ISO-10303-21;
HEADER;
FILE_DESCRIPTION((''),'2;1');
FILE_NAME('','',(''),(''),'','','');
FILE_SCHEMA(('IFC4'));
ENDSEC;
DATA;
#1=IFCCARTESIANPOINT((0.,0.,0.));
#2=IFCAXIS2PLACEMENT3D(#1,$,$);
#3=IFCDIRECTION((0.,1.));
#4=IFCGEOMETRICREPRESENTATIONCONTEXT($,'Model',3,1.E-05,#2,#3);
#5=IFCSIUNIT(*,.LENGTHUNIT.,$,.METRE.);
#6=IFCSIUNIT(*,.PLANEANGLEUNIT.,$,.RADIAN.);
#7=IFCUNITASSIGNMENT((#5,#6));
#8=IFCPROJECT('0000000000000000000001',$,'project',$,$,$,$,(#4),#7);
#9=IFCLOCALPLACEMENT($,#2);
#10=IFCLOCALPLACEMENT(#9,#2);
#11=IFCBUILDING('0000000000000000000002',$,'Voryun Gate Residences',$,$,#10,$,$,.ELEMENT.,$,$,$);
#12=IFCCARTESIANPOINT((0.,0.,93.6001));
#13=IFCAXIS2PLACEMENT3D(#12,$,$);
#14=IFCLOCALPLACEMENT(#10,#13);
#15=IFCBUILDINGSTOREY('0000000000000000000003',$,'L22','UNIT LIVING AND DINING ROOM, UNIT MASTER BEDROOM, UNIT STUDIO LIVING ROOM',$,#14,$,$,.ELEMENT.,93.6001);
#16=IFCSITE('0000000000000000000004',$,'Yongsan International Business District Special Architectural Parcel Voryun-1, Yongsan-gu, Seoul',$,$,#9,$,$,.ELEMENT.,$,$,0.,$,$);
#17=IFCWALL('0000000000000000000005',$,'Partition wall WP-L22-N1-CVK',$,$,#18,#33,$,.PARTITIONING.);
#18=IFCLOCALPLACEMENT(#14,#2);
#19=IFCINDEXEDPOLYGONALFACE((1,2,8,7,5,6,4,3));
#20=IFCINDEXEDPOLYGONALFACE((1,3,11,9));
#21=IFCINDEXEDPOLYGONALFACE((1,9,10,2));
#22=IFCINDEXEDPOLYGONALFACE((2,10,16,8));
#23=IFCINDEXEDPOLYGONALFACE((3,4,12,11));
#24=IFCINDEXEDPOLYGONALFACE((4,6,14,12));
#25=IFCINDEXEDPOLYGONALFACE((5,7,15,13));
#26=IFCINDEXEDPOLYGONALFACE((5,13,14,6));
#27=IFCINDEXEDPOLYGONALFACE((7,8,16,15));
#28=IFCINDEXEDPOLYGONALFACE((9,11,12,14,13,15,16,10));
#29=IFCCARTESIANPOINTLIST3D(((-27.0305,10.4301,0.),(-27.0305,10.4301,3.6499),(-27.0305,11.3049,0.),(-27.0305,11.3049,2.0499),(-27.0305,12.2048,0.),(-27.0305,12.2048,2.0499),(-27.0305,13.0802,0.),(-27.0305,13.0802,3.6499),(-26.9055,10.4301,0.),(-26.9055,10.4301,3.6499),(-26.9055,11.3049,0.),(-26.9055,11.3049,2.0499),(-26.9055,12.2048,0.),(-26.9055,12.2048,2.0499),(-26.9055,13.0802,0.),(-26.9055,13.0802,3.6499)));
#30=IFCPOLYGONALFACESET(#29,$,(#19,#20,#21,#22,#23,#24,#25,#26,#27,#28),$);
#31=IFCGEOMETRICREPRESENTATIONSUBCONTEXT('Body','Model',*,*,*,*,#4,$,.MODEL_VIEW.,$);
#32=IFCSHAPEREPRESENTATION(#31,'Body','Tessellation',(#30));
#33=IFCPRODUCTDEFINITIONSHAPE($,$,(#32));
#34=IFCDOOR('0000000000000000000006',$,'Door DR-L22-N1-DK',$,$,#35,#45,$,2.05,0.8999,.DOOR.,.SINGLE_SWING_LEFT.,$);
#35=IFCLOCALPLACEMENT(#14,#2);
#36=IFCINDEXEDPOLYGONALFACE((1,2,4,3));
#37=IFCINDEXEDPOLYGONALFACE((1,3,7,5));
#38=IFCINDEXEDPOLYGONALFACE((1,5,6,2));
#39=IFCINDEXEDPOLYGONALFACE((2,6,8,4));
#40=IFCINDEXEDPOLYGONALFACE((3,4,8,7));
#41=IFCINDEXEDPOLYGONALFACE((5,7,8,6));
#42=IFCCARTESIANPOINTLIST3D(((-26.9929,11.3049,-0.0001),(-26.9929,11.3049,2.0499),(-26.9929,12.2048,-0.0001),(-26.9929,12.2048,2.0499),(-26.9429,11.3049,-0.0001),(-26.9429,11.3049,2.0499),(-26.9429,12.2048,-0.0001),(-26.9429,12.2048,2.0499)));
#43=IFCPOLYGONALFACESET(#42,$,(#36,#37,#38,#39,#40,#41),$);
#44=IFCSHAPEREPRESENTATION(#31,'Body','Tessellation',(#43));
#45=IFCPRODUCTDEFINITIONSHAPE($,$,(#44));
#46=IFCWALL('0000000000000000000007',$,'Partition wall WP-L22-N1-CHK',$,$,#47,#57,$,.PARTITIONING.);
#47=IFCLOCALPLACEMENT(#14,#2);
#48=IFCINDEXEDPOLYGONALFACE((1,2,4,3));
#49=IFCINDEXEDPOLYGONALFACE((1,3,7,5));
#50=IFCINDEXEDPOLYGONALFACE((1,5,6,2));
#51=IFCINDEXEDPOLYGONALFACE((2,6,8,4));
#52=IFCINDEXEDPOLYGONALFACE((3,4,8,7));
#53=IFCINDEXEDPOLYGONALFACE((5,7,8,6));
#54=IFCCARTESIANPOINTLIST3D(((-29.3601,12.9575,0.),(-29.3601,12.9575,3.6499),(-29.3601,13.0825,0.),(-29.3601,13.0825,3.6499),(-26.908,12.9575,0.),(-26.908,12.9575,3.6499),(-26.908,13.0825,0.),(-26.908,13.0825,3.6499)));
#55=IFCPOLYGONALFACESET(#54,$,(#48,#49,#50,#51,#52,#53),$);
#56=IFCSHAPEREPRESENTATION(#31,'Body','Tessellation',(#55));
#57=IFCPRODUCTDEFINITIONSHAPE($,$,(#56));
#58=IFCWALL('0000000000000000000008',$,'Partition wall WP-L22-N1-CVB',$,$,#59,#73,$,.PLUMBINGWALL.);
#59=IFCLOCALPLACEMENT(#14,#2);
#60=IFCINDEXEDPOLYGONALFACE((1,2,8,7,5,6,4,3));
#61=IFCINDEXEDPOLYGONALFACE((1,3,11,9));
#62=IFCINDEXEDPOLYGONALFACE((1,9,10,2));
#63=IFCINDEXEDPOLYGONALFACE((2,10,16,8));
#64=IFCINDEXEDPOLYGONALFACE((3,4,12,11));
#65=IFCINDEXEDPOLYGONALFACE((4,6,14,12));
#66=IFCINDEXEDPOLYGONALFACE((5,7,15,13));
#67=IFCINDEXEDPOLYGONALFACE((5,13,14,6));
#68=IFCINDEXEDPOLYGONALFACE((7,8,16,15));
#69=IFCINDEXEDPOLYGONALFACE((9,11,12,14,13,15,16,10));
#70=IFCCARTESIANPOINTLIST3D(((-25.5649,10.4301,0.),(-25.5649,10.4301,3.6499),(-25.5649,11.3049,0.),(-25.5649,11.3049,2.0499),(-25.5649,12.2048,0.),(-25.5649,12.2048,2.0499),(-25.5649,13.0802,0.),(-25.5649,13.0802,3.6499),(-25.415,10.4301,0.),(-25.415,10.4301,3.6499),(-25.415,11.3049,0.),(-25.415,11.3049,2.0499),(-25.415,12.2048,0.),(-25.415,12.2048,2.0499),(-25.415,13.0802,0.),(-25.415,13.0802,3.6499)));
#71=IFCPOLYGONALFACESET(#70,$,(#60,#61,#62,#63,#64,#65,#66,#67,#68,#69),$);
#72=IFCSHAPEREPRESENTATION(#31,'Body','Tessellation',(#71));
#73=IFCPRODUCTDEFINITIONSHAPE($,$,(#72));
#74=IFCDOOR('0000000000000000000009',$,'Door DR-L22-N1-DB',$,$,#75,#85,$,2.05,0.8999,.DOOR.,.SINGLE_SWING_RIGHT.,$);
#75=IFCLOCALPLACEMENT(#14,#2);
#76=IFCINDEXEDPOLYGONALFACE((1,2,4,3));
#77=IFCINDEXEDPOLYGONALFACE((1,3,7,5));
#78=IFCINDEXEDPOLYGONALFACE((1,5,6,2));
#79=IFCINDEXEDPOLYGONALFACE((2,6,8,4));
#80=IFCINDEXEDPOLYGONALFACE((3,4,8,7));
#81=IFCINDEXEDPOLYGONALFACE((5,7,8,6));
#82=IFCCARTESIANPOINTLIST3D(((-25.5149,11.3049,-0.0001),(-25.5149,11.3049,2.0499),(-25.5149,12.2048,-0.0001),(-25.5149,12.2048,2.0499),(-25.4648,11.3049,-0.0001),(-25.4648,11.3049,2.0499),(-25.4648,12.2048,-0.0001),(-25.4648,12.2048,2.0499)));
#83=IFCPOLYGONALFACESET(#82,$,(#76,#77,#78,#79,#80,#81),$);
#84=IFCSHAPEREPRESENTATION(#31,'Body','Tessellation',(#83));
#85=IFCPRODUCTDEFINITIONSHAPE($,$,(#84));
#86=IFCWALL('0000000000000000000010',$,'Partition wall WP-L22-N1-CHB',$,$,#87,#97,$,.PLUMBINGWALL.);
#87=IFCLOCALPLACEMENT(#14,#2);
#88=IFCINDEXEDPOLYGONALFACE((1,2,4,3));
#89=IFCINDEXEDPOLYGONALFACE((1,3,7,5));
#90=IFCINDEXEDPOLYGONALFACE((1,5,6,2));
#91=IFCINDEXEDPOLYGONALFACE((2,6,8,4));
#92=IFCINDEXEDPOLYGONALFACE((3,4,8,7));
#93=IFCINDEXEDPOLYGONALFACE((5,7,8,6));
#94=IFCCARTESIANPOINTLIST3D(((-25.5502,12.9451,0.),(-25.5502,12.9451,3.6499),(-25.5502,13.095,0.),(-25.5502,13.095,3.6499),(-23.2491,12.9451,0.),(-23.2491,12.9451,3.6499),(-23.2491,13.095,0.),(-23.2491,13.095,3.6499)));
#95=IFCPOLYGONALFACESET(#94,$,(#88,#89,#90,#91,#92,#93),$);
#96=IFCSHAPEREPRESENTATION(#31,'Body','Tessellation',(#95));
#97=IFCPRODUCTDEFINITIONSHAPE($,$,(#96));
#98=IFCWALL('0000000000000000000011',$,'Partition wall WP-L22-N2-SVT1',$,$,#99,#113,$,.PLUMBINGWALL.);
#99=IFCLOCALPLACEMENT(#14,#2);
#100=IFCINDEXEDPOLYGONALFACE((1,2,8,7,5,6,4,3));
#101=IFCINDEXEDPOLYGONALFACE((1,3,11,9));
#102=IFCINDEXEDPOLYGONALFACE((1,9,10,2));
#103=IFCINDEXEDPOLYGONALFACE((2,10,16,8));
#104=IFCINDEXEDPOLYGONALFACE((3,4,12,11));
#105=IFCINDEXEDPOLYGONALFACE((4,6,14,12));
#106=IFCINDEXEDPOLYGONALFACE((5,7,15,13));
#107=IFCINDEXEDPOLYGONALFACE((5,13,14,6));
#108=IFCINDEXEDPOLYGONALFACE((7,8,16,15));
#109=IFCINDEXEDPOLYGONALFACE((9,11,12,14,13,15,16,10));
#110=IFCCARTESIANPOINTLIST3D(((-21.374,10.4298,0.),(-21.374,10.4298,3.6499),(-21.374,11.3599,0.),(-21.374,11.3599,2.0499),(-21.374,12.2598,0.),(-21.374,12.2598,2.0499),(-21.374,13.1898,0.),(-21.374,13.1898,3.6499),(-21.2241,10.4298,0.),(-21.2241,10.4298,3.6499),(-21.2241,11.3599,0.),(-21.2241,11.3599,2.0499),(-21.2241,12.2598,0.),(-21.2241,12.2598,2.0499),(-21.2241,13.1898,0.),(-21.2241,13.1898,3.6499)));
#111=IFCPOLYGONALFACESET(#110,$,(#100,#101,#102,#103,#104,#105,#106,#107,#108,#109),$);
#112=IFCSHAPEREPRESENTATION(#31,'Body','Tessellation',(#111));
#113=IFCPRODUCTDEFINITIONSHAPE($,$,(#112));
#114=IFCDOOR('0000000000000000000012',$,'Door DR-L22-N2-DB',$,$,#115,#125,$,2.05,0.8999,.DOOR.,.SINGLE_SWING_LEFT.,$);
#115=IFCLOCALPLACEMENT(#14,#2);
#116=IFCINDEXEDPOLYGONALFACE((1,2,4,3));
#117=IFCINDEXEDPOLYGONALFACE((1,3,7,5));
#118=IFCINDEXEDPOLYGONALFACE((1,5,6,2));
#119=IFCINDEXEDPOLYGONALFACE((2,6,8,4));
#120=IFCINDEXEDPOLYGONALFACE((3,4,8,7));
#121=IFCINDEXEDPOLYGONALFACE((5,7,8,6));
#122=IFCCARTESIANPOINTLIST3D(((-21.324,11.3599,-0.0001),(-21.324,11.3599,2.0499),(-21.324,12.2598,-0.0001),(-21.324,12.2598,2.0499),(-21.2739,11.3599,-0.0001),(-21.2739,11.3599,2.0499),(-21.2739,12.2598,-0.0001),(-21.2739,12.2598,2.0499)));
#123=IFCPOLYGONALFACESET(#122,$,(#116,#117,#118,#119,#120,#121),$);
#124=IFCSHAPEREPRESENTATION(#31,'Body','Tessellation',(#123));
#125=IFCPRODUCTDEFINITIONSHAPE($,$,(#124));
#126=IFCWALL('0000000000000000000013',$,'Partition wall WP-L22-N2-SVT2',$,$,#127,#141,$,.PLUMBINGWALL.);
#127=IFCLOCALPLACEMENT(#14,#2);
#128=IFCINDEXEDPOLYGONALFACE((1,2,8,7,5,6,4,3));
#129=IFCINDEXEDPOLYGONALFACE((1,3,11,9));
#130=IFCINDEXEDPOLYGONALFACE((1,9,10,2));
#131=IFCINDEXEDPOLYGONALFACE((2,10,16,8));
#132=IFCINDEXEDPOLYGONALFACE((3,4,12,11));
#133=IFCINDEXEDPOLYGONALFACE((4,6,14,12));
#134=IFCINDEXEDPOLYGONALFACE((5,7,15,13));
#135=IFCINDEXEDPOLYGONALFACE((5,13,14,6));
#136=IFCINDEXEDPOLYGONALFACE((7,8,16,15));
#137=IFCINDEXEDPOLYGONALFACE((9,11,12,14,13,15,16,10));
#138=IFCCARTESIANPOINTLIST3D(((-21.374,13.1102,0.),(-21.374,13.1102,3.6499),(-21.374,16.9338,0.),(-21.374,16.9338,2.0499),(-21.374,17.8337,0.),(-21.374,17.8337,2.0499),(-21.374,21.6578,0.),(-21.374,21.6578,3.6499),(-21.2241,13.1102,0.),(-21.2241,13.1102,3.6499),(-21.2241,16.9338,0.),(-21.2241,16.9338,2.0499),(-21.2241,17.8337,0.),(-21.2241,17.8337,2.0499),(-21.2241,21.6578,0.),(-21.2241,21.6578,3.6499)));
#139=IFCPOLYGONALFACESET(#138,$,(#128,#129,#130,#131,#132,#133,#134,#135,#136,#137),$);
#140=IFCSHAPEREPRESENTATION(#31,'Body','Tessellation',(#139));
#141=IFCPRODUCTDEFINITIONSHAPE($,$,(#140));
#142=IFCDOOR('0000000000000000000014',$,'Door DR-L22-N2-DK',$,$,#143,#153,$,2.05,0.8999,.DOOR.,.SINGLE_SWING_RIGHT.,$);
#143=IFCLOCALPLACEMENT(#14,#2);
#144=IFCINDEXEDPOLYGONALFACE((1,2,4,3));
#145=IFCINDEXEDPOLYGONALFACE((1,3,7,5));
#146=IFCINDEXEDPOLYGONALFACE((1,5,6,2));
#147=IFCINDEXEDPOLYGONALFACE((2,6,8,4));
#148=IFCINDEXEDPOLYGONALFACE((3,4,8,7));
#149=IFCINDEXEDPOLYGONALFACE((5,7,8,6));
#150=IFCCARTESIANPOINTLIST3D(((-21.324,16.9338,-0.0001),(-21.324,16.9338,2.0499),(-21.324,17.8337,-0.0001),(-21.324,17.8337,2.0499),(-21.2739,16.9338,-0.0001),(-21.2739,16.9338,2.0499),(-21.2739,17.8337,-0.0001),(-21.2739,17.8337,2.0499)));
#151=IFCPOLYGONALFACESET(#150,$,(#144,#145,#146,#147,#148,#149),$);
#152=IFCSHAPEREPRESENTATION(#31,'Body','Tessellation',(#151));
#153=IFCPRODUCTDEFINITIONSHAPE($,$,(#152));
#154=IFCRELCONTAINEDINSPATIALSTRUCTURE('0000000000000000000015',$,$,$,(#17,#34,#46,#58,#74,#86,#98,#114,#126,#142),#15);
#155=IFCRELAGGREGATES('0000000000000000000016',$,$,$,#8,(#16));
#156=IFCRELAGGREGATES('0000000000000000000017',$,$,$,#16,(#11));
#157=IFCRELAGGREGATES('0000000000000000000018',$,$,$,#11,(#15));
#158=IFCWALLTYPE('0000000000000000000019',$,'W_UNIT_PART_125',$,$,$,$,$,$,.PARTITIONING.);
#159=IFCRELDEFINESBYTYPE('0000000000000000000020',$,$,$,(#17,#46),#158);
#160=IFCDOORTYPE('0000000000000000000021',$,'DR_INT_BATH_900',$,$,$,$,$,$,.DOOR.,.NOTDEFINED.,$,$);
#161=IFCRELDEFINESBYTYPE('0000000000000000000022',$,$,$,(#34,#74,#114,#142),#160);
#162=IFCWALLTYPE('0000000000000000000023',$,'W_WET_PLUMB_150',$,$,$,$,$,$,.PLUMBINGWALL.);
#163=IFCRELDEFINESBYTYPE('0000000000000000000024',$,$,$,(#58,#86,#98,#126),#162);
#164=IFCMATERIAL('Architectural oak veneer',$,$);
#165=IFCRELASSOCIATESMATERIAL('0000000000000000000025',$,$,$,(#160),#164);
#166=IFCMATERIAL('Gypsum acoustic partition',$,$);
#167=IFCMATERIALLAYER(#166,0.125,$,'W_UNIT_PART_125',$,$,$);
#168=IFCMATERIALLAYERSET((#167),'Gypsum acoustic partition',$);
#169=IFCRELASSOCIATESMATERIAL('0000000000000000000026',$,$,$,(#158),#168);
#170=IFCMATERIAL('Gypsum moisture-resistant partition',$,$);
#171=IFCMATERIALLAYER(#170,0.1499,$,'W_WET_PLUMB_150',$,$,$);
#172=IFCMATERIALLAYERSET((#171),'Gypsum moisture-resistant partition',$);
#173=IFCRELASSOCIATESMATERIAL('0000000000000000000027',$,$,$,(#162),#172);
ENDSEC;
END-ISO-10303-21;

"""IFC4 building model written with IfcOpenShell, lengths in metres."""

from ifc_helpers import new_model, si_unit, direction, frame, frame_2d, origin, place, context, subcontext, project, spatial, rectangle, extrude, material, layer, layer_set, type_object, element, fill, save


model = new_model("IFC4")

# Units and contexts
model_context = context("Model", 3, precision=1e-05, world=origin(), true_north=direction((0.0, 1.0)))
body_context = subcontext(model_context, "Body", "Model", "MODEL_VIEW")
ifc_project = project(units=[si_unit("LENGTHUNIT", "METRE"), si_unit("PLANEANGLEUNIT", "RADIAN")], contexts=[model_context])

# Site, building, storey
site_placement = place(None, origin())
site = spatial("IfcSite", under=ifc_project, at=site_placement, Name="Yongsan International Business District Special Architectural Parcel Voryun-1, Yongsan-gu, Seoul", CompositionType="ELEMENT", RefElevation=0.0)
building_placement = place(site_placement, origin())
building = spatial("IfcBuilding", under=site, at=building_placement, Name="Voryun Gate Residences", CompositionType="ELEMENT")
storey_placement = place(building_placement, frame((0.0, 0.0, 93.6001)))
storey = spatial("IfcBuildingStorey", under=building, at=storey_placement, Name="L22", Description="UNIT LIVING AND DINING ROOM, UNIT MASTER BEDROOM, UNIT STUDIO LIVING ROOM", CompositionType="ELEMENT", Elevation=93.6001)

# Shared definitions
ifc_material_1 = material(Name="Architectural oak veneer")
door_type_1 = type_object("IfcDoorType", Name="DR_INT_BATH_900", OperationType="NOTDEFINED", PredefinedType="DOOR", material=ifc_material_1)

# Wall, opening, door
ifc_material_2 = material(Name="Gypsum acoustic partition")
ifc_layer_1 = layer(ifc_material_2, 0.125, Name="W_UNIT_PART_125")
ifc_layer_set_1 = layer_set([ifc_layer_1], Name="Gypsum acoustic partition")
wall_type_1 = type_object("IfcWallType", Name="W_UNIT_PART_125", PredefinedType="PARTITIONING", material=ifc_layer_set_1)
wall_1_placement = place(storey_placement, frame((-26.968, 10.4299, 0.0), z_axis=(0.0, 0.0, 1.0), x_axis=(0.0, 1.0, 0.0)))
wall_1 = element("IfcWall", 1, at=wall_1_placement, inside=storey, type_object=wall_type_1, Name="Partition wall WP-L22-N1-CVK", PredefinedType="PARTITIONING", context=body_context, shape_type="SweptSolid", body=[
    extrude(rectangle(XDim=2.6501, YDim=0.125, at=frame_2d((1.3252, 0.0))), origin(), (0.0, 0.0, 1.0), 3.6499),
])
opening_1_placement = place(wall_1_placement, frame((0.875, 0.0, 0.0)))
opening_1 = element("IfcOpeningElement", 2, at=opening_1_placement, cuts=wall_1, PredefinedType="OPENING", context=body_context, shape_type="SweptSolid", body=[
    extrude(rectangle(XDim=0.8999, YDim=2.05, at=frame_2d((0.45, 1.0249))), frame((0.0, 0.0725, 0.0), z_axis=(0.0, -1.0, 0.0), x_axis=(1.0, 0.0, 0.0)), (0.0, 0.0, 1.0), 0.145),
])
door_1_placement = place(opening_1_placement, origin())
door_1 = element("IfcDoor", 3, at=door_1_placement, inside=storey, type_object=door_type_1, Name="Door DR-L22-N1-DK", OperationType="SINGLE_SWING_LEFT", OverallHeight=2.05, OverallWidth=0.8999, PredefinedType="DOOR", context=body_context, shape_type="SweptSolid", body=[
    extrude(rectangle(XDim=0.8999, YDim=2.05, at=frame_2d((0.45, 1.0249))), frame((0.0, 0.0249, 0.0), z_axis=(0.0, -1.0, 0.0), x_axis=(1.0, 0.0, 0.0)), (0.0, 0.0, 1.0), 0.05),
])
fill(opening_1, door_1)

# Wall
wall_2_placement = place(storey_placement, frame((-29.3601, 13.02, 0.0), z_axis=(0.0, 0.0, 1.0), x_axis=(1.0, 0.0, 0.0)))
element("IfcWall", 4, at=wall_2_placement, inside=storey, type_object=wall_type_1, Name="Partition wall WP-L22-N1-CHK", PredefinedType="PARTITIONING", context=body_context, shape_type="SweptSolid", body=[
    extrude(rectangle(XDim=2.4521, YDim=0.125, at=frame_2d((1.2261, 0.0))), origin(), (0.0, 0.0, 1.0), 3.6499),
])

# Wall, opening, door
ifc_material_3 = material(Name="Gypsum moisture-resistant partition")
ifc_layer_2 = layer(ifc_material_3, 0.1499, Name="W_WET_PLUMB_150")
ifc_layer_set_2 = layer_set([ifc_layer_2], Name="Gypsum moisture-resistant partition")
wall_type_2 = type_object("IfcWallType", Name="W_WET_PLUMB_150", PredefinedType="PLUMBINGWALL", material=ifc_layer_set_2)
wall_3_placement = place(storey_placement, frame((-25.49, 10.4299, 0.0), z_axis=(0.0, 0.0, 1.0), x_axis=(0.0, 1.0, 0.0)))
wall_3 = element("IfcWall", 5, at=wall_3_placement, inside=storey, type_object=wall_type_2, Name="Partition wall WP-L22-N1-CVB", PredefinedType="PLUMBINGWALL", context=body_context, shape_type="SweptSolid", body=[
    extrude(rectangle(XDim=2.6501, YDim=0.1499, at=frame_2d((1.3252, 0.0))), origin(), (0.0, 0.0, 1.0), 3.6499),
])
opening_2_placement = place(wall_3_placement, frame((0.875, 0.0, 0.0)))
opening_2 = element("IfcOpeningElement", 6, at=opening_2_placement, cuts=wall_3, PredefinedType="OPENING", context=body_context, shape_type="SweptSolid", body=[
    extrude(rectangle(XDim=0.8999, YDim=2.05, at=frame_2d((0.45, 1.0249))), frame((0.0, 0.085, 0.0), z_axis=(0.0, -1.0, 0.0), x_axis=(1.0, 0.0, 0.0)), (0.0, 0.0, 1.0), 0.1699),
])
door_2_placement = place(opening_2_placement, origin())
door_2 = element("IfcDoor", 7, at=door_2_placement, inside=storey, type_object=door_type_1, Name="Door DR-L22-N1-DB", OperationType="SINGLE_SWING_RIGHT", OverallHeight=2.05, OverallWidth=0.8999, PredefinedType="DOOR", context=body_context, shape_type="SweptSolid", body=[
    extrude(rectangle(XDim=0.8999, YDim=2.05, at=frame_2d((0.45, 1.0249))), frame((0.0, 0.0249, 0.0), z_axis=(0.0, -1.0, 0.0), x_axis=(1.0, 0.0, 0.0)), (0.0, 0.0, 1.0), 0.05),
])
fill(opening_2, door_2)

# Wall
wall_4_placement = place(storey_placement, frame((-25.55, 13.02, 0.0), z_axis=(0.0, 0.0, 1.0), x_axis=(1.0, 0.0, 0.0)))
element("IfcWall", 8, at=wall_4_placement, inside=storey, type_object=wall_type_2, Name="Partition wall WP-L22-N1-CHB", PredefinedType="PLUMBINGWALL", context=body_context, shape_type="SweptSolid", body=[
    extrude(rectangle(XDim=2.301, YDim=0.1499, at=frame_2d((1.1504, 0.0))), origin(), (0.0, 0.0, 1.0), 3.6499),
])

# Walls, openings, doors
wall_5_placement = place(storey_placement, frame((-21.2991, 10.4299, 0.0), z_axis=(0.0, 0.0, 1.0), x_axis=(0.0, 1.0, 0.0)))
wall_5 = element("IfcWall", 9, at=wall_5_placement, inside=storey, type_object=wall_type_2, Name="Partition wall WP-L22-N2-SVT1", PredefinedType="PLUMBINGWALL", context=body_context, shape_type="SweptSolid", body=[
    extrude(rectangle(XDim=2.76, YDim=0.1499, at=frame_2d((1.3799, 0.0))), origin(), (0.0, 0.0, 1.0), 3.6499),
])
opening_3_placement = place(wall_5_placement, frame((0.9299, 0.0, 0.0)))
opening_3 = element("IfcOpeningElement", 10, at=opening_3_placement, cuts=wall_5, PredefinedType="OPENING", context=body_context, shape_type="SweptSolid", body=[
    extrude(rectangle(XDim=0.8999, YDim=2.05, at=frame_2d((0.45, 1.0249))), frame((0.0, 0.085, 0.0), z_axis=(0.0, -1.0, 0.0), x_axis=(1.0, 0.0, 0.0)), (0.0, 0.0, 1.0), 0.1699),
])
door_3_placement = place(opening_3_placement, origin())
door_3 = element("IfcDoor", 11, at=door_3_placement, inside=storey, type_object=door_type_1, Name="Door DR-L22-N2-DB", OperationType="SINGLE_SWING_LEFT", OverallHeight=2.05, OverallWidth=0.8999, PredefinedType="DOOR", context=body_context, shape_type="SweptSolid", body=[
    extrude(rectangle(XDim=0.8999, YDim=2.05, at=frame_2d((0.45, 1.0249))), frame((0.0, 0.0249, 0.0), z_axis=(0.0, -1.0, 0.0), x_axis=(1.0, 0.0, 0.0)), (0.0, 0.0, 1.0), 0.05),
])
fill(opening_3, door_3)
wall_6_placement = place(storey_placement, frame((-21.2991, 13.1101, 0.0), z_axis=(0.0, 0.0, 1.0), x_axis=(0.0, 1.0, 0.0)))
wall_6 = element("IfcWall", 12, at=wall_6_placement, inside=storey, type_object=wall_type_2, Name="Partition wall WP-L22-N2-SVT2", PredefinedType="PLUMBINGWALL", context=body_context, shape_type="SweptSolid", body=[
    extrude(rectangle(XDim=8.5476, YDim=0.1499, at=frame_2d((4.2739, 0.0))), origin(), (0.0, 0.0, 1.0), 3.6499),
])
opening_4_placement = place(wall_6_placement, frame((3.8237, 0.0, 0.0)))
opening_4 = element("IfcOpeningElement", 13, at=opening_4_placement, cuts=wall_6, PredefinedType="OPENING", context=body_context, shape_type="SweptSolid", body=[
    extrude(rectangle(XDim=0.8999, YDim=2.05, at=frame_2d((0.45, 1.0249))), frame((0.0, 0.085, 0.0), z_axis=(0.0, -1.0, 0.0), x_axis=(1.0, 0.0, 0.0)), (0.0, 0.0, 1.0), 0.1699),
])
door_4_placement = place(opening_4_placement, origin())
door_4 = element("IfcDoor", 14, at=door_4_placement, inside=storey, type_object=door_type_1, Name="Door DR-L22-N2-DK", OperationType="SINGLE_SWING_RIGHT", OverallHeight=2.05, OverallWidth=0.8999, PredefinedType="DOOR", context=body_context, shape_type="SweptSolid", body=[
    extrude(rectangle(XDim=0.8999, YDim=2.05, at=frame_2d((0.45, 1.0249))), frame((0.0, 0.0249, 0.0), z_axis=(0.0, -1.0, 0.0), x_axis=(1.0, 0.0, 0.0)), (0.0, 0.0, 1.0), 0.05),
])
fill(opening_4, door_4)

save(model, "model.ifc")
